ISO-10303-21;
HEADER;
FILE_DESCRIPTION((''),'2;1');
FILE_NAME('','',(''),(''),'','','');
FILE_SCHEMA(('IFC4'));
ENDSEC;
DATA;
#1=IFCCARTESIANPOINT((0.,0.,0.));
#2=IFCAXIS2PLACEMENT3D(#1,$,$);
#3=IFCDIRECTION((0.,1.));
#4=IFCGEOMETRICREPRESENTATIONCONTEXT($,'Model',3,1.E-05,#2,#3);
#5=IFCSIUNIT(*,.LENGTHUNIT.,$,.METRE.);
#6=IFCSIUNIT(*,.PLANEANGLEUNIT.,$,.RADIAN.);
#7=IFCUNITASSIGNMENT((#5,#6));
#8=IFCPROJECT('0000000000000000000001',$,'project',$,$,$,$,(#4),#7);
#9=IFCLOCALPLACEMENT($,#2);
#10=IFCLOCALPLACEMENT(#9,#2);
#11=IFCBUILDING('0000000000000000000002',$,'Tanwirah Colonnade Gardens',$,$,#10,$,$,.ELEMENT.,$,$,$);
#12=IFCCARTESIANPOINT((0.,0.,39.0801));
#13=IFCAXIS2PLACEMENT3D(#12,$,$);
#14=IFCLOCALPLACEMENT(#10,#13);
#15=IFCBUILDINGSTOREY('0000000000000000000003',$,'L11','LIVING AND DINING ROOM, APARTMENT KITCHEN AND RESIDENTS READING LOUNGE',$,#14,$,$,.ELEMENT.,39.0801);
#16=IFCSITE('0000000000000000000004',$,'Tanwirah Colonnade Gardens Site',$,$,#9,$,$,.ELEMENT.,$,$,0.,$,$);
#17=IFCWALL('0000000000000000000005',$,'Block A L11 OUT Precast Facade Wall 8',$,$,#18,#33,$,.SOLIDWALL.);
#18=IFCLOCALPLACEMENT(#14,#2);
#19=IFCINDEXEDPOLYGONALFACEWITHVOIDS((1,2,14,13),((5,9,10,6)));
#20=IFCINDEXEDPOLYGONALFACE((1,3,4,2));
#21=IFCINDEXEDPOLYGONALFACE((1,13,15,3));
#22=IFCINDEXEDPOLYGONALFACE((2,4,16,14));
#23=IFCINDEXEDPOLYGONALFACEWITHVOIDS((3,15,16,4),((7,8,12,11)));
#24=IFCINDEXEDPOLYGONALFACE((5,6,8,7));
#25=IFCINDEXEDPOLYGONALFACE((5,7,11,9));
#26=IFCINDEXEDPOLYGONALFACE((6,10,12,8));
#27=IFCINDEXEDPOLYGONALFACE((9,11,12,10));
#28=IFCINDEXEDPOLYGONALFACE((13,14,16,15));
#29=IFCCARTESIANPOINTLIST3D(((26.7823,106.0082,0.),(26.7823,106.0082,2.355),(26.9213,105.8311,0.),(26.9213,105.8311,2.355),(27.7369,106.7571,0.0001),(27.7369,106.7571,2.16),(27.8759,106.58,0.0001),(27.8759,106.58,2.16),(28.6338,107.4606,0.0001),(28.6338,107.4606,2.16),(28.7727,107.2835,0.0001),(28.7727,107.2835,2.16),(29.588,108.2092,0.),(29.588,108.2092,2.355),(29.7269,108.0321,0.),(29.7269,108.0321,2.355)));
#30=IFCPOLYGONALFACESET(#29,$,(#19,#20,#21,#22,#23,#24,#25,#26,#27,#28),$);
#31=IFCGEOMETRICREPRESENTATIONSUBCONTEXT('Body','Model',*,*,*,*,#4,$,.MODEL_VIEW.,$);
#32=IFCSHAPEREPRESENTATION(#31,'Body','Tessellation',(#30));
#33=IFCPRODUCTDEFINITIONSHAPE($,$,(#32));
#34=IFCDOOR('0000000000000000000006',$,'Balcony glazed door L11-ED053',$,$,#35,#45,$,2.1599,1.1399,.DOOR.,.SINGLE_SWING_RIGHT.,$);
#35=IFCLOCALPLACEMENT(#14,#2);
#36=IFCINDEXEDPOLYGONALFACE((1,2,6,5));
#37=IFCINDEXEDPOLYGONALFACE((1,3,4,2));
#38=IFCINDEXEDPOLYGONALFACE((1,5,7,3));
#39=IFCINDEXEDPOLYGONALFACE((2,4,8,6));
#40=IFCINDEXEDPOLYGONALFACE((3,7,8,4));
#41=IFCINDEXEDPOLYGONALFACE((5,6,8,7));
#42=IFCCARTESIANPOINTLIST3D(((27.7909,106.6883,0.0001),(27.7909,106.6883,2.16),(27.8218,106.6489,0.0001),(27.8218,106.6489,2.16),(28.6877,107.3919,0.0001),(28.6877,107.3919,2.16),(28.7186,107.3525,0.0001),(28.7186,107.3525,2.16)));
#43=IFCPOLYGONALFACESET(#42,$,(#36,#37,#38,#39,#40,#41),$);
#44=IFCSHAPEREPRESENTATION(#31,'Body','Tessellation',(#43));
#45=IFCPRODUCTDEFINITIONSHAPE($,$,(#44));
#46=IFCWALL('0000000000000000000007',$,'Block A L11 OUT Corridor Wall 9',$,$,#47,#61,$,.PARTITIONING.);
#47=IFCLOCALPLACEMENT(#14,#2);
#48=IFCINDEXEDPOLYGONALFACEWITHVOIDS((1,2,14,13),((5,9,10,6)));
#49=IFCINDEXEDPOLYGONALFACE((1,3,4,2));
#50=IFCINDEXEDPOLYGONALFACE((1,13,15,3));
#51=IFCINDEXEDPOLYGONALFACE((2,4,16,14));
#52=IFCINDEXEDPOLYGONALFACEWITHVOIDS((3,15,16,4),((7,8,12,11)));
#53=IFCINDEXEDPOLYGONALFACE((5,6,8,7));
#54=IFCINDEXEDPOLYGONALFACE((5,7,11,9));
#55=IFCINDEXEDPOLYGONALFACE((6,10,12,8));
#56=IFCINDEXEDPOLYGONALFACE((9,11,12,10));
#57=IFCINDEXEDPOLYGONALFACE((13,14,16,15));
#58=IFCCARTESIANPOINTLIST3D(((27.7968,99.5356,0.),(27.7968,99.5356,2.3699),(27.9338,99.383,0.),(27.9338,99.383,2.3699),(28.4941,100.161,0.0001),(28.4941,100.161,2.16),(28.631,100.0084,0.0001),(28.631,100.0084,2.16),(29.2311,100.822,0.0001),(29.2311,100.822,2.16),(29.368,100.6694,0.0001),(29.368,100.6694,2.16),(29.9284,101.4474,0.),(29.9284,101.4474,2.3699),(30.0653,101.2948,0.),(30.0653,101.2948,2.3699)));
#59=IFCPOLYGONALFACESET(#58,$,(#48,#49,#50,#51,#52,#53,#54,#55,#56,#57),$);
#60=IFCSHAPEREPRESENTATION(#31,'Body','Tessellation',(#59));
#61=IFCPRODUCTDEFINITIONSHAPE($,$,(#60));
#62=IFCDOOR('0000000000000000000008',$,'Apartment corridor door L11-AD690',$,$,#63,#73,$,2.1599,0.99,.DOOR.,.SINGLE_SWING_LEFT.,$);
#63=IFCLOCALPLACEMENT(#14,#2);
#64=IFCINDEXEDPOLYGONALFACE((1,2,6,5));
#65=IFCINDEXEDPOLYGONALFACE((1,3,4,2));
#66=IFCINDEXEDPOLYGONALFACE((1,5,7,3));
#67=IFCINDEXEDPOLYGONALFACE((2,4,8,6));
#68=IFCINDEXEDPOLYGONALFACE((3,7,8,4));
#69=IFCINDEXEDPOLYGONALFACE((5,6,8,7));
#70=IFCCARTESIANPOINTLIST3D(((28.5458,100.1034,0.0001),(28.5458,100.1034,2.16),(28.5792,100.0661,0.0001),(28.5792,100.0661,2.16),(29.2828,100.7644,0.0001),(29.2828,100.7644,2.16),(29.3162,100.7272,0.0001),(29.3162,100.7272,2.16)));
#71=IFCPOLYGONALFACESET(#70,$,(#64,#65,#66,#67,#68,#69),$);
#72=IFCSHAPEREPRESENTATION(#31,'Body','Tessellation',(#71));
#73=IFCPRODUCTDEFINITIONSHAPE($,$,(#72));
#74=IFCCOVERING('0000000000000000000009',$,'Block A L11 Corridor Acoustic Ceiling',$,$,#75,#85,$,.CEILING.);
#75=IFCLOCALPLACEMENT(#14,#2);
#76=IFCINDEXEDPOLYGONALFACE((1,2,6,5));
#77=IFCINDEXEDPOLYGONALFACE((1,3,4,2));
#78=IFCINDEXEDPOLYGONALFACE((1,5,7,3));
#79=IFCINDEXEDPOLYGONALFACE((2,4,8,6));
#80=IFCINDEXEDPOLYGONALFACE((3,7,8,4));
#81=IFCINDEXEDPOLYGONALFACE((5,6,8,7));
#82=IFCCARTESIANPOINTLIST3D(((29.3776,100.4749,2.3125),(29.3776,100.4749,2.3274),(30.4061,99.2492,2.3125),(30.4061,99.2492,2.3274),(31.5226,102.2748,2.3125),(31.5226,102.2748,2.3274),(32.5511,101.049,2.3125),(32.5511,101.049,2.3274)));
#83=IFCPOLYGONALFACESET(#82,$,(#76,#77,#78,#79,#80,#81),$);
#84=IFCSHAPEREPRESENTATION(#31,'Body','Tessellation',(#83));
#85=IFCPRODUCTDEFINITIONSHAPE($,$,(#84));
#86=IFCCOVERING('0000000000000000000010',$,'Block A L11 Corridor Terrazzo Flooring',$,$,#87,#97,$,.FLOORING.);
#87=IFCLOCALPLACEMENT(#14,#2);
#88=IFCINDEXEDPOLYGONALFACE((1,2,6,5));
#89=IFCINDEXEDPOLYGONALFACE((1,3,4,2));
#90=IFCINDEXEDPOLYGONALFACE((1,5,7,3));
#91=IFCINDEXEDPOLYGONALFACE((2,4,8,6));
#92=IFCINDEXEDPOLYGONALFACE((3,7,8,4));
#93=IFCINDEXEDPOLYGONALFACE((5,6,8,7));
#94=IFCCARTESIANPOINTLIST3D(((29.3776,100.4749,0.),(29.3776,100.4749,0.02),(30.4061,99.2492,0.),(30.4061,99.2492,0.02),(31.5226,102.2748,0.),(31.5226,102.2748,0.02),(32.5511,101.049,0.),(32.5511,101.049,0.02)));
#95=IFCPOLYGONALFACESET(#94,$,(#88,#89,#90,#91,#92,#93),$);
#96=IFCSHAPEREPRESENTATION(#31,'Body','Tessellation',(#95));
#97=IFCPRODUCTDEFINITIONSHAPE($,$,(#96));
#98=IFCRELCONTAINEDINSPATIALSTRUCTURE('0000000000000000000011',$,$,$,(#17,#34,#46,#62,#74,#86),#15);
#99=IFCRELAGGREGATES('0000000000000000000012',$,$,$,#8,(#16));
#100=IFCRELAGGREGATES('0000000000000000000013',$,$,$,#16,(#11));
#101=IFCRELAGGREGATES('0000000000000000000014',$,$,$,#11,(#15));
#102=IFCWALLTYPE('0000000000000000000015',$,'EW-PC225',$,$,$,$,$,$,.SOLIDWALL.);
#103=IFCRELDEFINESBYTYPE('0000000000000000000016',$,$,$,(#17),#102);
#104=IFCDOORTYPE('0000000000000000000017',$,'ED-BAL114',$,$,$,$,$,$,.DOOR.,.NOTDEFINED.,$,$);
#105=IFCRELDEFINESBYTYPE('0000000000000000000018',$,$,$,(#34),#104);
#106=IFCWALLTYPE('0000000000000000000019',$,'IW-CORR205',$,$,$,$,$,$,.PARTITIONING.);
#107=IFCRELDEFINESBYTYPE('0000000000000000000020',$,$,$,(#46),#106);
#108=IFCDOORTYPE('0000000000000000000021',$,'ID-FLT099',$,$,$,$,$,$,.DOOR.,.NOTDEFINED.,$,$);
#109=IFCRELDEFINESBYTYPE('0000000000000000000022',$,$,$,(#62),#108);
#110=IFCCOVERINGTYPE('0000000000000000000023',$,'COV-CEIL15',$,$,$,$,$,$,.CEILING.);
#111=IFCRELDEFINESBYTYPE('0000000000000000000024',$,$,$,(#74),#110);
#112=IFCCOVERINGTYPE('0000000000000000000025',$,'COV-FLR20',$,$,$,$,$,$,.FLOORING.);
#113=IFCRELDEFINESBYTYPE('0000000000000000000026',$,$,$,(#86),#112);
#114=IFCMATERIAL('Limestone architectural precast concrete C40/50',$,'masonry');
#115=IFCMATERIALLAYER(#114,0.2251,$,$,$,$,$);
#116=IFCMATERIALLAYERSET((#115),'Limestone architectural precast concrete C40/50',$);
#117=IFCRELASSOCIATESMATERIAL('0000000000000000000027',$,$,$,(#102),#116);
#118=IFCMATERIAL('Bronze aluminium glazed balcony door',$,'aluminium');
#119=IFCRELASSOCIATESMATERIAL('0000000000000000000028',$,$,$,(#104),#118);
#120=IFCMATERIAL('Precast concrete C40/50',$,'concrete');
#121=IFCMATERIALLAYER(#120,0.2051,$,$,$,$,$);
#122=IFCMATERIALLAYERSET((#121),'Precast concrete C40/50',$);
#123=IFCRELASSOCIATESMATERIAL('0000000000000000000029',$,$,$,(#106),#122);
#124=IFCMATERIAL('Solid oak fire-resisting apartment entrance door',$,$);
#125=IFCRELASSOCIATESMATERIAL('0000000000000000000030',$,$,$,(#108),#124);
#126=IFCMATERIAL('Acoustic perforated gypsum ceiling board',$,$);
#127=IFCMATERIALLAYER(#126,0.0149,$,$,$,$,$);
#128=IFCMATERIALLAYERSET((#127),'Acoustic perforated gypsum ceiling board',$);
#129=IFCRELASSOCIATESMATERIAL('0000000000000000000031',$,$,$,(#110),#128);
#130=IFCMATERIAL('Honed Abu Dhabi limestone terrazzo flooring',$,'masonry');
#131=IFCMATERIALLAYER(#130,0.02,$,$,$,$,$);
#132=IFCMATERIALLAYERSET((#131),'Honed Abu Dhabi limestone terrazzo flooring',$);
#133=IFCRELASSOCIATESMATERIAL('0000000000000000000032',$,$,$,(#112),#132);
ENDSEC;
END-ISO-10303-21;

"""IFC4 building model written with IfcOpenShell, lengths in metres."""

from ifc_helpers import new_model, si_unit, direction, frame, frame_2d, origin, origin_2d, place, context, subcontext, project, spatial, rectangle, extrude, material, layer, layer_set, type_object, element, fill, save


model = new_model("IFC4")

# Units and contexts
model_context = context("Model", 3, precision=1e-05, world=origin(), true_north=direction((0.0, 1.0)))
body_context = subcontext(model_context, "Body", "Model", "MODEL_VIEW")
ifc_project = project(units=[si_unit("LENGTHUNIT", "METRE"), si_unit("PLANEANGLEUNIT", "RADIAN")], contexts=[model_context])

# Site, building, storey
site_placement = place(None, origin())
site = spatial("IfcSite", under=ifc_project, at=site_placement, Name="Tanwirah Colonnade Gardens Site", CompositionType="ELEMENT", RefElevation=0.0)
building_placement = place(site_placement, origin())
building = spatial("IfcBuilding", under=site, at=building_placement, Name="Tanwirah Colonnade Gardens", CompositionType="ELEMENT")
storey_placement = place(building_placement, frame((0.0, 0.0, 39.0801)))
storey = spatial("IfcBuildingStorey", under=building, at=storey_placement, Name="L11", Description="LIVING AND DINING ROOM, APARTMENT KITCHEN AND RESIDENTS READING LOUNGE", CompositionType="ELEMENT", Elevation=39.0801)

# Shared definitions
ifc_material_1 = material(Name="Precast concrete C40/50", Category="concrete")

# Walls, openings, doors
ifc_material_2 = material(Name="Limestone architectural precast concrete C40/50", Category="masonry")
ifc_layer_1 = layer(ifc_material_2, 0.2251)
ifc_layer_set_1 = layer_set([ifc_layer_1], Name="Limestone architectural precast concrete C40/50")
wall_type_1 = type_object("IfcWallType", Name="EW-PC225", PredefinedType="SOLIDWALL", material=ifc_layer_set_1)
wall_1_placement = place(storey_placement, frame((29.6575, 108.1206, 0.0), z_axis=(0.0, 0.0, 1.0), x_axis=(-0.786798, -0.617211, 0.0)))
wall_1 = element("IfcWall", 1, at=wall_1_placement, inside=storey, type_object=wall_type_1, Name="Block A L11 OUT Precast Facade Wall 8", PredefinedType="SOLIDWALL", context=body_context, shape_type="SweptSolid", body=[
    extrude(rectangle(XDim=3.5659, YDim=0.2251, at=frame_2d((1.783, 0.0))), origin(), (0.0, 0.0, 1.0), 2.355),
])
opening_1_placement = place(wall_1_placement, frame((1.2129, 0.0, 0.0)))
opening_1 = element("IfcOpeningElement", 2, at=opening_1_placement, cuts=wall_1, PredefinedType="OPENING", context=body_context, shape_type="SweptSolid", body=[
    extrude(rectangle(XDim=1.1399, YDim=2.1599, at=frame_2d((0.5698, 1.0801))), frame((0.0, 0.1226, 0.0), z_axis=(0.0, -1.0, 0.0), x_axis=(1.0, 0.0, 0.0)), (0.0, 0.0, 1.0), 0.2451),
])
ifc_material_3 = material(Name="Bronze aluminium glazed balcony door", Category="aluminium")
door_type_1 = type_object("IfcDoorType", Name="ED-BAL114", OperationType="NOTDEFINED", PredefinedType="DOOR", material=ifc_material_3)
door_1_placement = place(opening_1_placement, origin())
door_1 = element("IfcDoor", 3, at=door_1_placement, inside=storey, type_object=door_type_1, Name="Balcony glazed door L11-ED053", OperationType="SINGLE_SWING_RIGHT", OverallHeight=2.1599, OverallWidth=1.1399, PredefinedType="DOOR", context=body_context, shape_type="SweptSolid", body=[
    extrude(rectangle(XDim=1.1399, YDim=2.1599, at=frame_2d((0.5698, 1.0801))), frame((0.0, 0.0249, 0.0), z_axis=(0.0, -1.0, 0.0), x_axis=(1.0, 0.0, 0.0)), (0.0, 0.0, 1.0), 0.05),
])
fill(opening_1, door_1)
ifc_layer_2 = layer(ifc_material_1, 0.2051)
ifc_layer_set_2 = layer_set([ifc_layer_2], Name="Precast concrete C40/50")
wall_type_2 = type_object("IfcWallType", Name="IW-CORR205", PredefinedType="PARTITIONING", material=ifc_layer_set_2)
wall_2_placement = place(storey_placement, frame((29.9968, 101.3711, 0.0), z_axis=(0.0, 0.0, 1.0), x_axis=(-0.744434, -0.667697, 0.0)))
wall_2 = element("IfcWall", 4, at=wall_2_placement, inside=storey, type_object=wall_type_2, Name="Block A L11 OUT Corridor Wall 9", PredefinedType="PARTITIONING", context=body_context, shape_type="SweptSolid", body=[
    extrude(rectangle(XDim=2.8633, YDim=0.2051, at=frame_2d((1.4316, 0.0))), origin(), (0.0, 0.0, 1.0), 2.3699),
])
opening_2_placement = place(wall_2_placement, frame((0.9365, 0.0, 0.0)))
opening_2 = element("IfcOpeningElement", 5, at=opening_2_placement, cuts=wall_2, PredefinedType="OPENING", context=body_context, shape_type="SweptSolid", body=[
    extrude(rectangle(XDim=0.99, YDim=2.1599, at=frame_2d((0.4951, 1.0801))), frame((0.0, 0.1125, 0.0), z_axis=(0.0, -1.0, 0.0), x_axis=(1.0, 0.0, 0.0)), (0.0, 0.0, 1.0), 0.2251),
])
ifc_material_4 = material(Name="Solid oak fire-resisting apartment entrance door")
door_type_2 = type_object("IfcDoorType", Name="ID-FLT099", OperationType="NOTDEFINED", PredefinedType="DOOR", material=ifc_material_4)
door_2_placement = place(opening_2_placement, origin())
door_2 = element("IfcDoor", 6, at=door_2_placement, inside=storey, type_object=door_type_2, Name="Apartment corridor door L11-AD690", OperationType="SINGLE_SWING_LEFT", OverallHeight=2.1599, OverallWidth=0.99, PredefinedType="DOOR", context=body_context, shape_type="SweptSolid", body=[
    extrude(rectangle(XDim=0.99, YDim=2.1599, at=frame_2d((0.4951, 1.0801))), frame((0.0, 0.0249, 0.0), z_axis=(0.0, -1.0, 0.0), x_axis=(1.0, 0.0, 0.0)), (0.0, 0.0, 1.0), 0.05),
])
fill(opening_2, door_2)

# Coverings
ifc_material_5 = material(Name="Acoustic perforated gypsum ceiling board")
ifc_layer_3 = layer(ifc_material_5, 0.0149)
ifc_layer_set_3 = layer_set([ifc_layer_3], Name="Acoustic perforated gypsum ceiling board")
covering_type_1 = type_object("IfcCoveringType", Name="COV-CEIL15", PredefinedType="CEILING", material=ifc_layer_set_3)
covering_1_placement = place(storey_placement, frame((30.9644, 100.762, 2.3125), z_axis=(0.0, 0.0, 1.0), x_axis=(-0.766044, -0.642788, 0.0)))
element("IfcCovering", 7, at=covering_1_placement, inside=storey, type_object=covering_type_1, Name="Block A L11 Corridor Acoustic Ceiling", PredefinedType="CEILING", context=body_context, shape_type="SweptSolid", body=[
    extrude(rectangle(XDim=2.8, YDim=1.6001, at=origin_2d()), origin(), (0.0, 0.0, 1.0), 0.0149),
])
ifc_material_6 = material(Name="Honed Abu Dhabi limestone terrazzo flooring", Category="masonry")
ifc_layer_4 = layer(ifc_material_6, 0.02)
ifc_layer_set_4 = layer_set([ifc_layer_4], Name="Honed Abu Dhabi limestone terrazzo flooring")
covering_type_2 = type_object("IfcCoveringType", Name="COV-FLR20", PredefinedType="FLOORING", material=ifc_layer_set_4)
covering_2_placement = place(storey_placement, frame((30.9644, 100.762, 0.0), z_axis=(0.0, 0.0, 1.0), x_axis=(-0.766044, -0.642788, 0.0)))
element("IfcCovering", 8, at=covering_2_placement, inside=storey, type_object=covering_type_2, Name="Block A L11 Corridor Terrazzo Flooring", PredefinedType="FLOORING", context=body_context, shape_type="SweptSolid", body=[
    extrude(rectangle(XDim=2.8, YDim=1.6001, at=origin_2d()), origin(), (0.0, 0.0, 1.0), 0.02),
])

save(model, "model.ifc")
